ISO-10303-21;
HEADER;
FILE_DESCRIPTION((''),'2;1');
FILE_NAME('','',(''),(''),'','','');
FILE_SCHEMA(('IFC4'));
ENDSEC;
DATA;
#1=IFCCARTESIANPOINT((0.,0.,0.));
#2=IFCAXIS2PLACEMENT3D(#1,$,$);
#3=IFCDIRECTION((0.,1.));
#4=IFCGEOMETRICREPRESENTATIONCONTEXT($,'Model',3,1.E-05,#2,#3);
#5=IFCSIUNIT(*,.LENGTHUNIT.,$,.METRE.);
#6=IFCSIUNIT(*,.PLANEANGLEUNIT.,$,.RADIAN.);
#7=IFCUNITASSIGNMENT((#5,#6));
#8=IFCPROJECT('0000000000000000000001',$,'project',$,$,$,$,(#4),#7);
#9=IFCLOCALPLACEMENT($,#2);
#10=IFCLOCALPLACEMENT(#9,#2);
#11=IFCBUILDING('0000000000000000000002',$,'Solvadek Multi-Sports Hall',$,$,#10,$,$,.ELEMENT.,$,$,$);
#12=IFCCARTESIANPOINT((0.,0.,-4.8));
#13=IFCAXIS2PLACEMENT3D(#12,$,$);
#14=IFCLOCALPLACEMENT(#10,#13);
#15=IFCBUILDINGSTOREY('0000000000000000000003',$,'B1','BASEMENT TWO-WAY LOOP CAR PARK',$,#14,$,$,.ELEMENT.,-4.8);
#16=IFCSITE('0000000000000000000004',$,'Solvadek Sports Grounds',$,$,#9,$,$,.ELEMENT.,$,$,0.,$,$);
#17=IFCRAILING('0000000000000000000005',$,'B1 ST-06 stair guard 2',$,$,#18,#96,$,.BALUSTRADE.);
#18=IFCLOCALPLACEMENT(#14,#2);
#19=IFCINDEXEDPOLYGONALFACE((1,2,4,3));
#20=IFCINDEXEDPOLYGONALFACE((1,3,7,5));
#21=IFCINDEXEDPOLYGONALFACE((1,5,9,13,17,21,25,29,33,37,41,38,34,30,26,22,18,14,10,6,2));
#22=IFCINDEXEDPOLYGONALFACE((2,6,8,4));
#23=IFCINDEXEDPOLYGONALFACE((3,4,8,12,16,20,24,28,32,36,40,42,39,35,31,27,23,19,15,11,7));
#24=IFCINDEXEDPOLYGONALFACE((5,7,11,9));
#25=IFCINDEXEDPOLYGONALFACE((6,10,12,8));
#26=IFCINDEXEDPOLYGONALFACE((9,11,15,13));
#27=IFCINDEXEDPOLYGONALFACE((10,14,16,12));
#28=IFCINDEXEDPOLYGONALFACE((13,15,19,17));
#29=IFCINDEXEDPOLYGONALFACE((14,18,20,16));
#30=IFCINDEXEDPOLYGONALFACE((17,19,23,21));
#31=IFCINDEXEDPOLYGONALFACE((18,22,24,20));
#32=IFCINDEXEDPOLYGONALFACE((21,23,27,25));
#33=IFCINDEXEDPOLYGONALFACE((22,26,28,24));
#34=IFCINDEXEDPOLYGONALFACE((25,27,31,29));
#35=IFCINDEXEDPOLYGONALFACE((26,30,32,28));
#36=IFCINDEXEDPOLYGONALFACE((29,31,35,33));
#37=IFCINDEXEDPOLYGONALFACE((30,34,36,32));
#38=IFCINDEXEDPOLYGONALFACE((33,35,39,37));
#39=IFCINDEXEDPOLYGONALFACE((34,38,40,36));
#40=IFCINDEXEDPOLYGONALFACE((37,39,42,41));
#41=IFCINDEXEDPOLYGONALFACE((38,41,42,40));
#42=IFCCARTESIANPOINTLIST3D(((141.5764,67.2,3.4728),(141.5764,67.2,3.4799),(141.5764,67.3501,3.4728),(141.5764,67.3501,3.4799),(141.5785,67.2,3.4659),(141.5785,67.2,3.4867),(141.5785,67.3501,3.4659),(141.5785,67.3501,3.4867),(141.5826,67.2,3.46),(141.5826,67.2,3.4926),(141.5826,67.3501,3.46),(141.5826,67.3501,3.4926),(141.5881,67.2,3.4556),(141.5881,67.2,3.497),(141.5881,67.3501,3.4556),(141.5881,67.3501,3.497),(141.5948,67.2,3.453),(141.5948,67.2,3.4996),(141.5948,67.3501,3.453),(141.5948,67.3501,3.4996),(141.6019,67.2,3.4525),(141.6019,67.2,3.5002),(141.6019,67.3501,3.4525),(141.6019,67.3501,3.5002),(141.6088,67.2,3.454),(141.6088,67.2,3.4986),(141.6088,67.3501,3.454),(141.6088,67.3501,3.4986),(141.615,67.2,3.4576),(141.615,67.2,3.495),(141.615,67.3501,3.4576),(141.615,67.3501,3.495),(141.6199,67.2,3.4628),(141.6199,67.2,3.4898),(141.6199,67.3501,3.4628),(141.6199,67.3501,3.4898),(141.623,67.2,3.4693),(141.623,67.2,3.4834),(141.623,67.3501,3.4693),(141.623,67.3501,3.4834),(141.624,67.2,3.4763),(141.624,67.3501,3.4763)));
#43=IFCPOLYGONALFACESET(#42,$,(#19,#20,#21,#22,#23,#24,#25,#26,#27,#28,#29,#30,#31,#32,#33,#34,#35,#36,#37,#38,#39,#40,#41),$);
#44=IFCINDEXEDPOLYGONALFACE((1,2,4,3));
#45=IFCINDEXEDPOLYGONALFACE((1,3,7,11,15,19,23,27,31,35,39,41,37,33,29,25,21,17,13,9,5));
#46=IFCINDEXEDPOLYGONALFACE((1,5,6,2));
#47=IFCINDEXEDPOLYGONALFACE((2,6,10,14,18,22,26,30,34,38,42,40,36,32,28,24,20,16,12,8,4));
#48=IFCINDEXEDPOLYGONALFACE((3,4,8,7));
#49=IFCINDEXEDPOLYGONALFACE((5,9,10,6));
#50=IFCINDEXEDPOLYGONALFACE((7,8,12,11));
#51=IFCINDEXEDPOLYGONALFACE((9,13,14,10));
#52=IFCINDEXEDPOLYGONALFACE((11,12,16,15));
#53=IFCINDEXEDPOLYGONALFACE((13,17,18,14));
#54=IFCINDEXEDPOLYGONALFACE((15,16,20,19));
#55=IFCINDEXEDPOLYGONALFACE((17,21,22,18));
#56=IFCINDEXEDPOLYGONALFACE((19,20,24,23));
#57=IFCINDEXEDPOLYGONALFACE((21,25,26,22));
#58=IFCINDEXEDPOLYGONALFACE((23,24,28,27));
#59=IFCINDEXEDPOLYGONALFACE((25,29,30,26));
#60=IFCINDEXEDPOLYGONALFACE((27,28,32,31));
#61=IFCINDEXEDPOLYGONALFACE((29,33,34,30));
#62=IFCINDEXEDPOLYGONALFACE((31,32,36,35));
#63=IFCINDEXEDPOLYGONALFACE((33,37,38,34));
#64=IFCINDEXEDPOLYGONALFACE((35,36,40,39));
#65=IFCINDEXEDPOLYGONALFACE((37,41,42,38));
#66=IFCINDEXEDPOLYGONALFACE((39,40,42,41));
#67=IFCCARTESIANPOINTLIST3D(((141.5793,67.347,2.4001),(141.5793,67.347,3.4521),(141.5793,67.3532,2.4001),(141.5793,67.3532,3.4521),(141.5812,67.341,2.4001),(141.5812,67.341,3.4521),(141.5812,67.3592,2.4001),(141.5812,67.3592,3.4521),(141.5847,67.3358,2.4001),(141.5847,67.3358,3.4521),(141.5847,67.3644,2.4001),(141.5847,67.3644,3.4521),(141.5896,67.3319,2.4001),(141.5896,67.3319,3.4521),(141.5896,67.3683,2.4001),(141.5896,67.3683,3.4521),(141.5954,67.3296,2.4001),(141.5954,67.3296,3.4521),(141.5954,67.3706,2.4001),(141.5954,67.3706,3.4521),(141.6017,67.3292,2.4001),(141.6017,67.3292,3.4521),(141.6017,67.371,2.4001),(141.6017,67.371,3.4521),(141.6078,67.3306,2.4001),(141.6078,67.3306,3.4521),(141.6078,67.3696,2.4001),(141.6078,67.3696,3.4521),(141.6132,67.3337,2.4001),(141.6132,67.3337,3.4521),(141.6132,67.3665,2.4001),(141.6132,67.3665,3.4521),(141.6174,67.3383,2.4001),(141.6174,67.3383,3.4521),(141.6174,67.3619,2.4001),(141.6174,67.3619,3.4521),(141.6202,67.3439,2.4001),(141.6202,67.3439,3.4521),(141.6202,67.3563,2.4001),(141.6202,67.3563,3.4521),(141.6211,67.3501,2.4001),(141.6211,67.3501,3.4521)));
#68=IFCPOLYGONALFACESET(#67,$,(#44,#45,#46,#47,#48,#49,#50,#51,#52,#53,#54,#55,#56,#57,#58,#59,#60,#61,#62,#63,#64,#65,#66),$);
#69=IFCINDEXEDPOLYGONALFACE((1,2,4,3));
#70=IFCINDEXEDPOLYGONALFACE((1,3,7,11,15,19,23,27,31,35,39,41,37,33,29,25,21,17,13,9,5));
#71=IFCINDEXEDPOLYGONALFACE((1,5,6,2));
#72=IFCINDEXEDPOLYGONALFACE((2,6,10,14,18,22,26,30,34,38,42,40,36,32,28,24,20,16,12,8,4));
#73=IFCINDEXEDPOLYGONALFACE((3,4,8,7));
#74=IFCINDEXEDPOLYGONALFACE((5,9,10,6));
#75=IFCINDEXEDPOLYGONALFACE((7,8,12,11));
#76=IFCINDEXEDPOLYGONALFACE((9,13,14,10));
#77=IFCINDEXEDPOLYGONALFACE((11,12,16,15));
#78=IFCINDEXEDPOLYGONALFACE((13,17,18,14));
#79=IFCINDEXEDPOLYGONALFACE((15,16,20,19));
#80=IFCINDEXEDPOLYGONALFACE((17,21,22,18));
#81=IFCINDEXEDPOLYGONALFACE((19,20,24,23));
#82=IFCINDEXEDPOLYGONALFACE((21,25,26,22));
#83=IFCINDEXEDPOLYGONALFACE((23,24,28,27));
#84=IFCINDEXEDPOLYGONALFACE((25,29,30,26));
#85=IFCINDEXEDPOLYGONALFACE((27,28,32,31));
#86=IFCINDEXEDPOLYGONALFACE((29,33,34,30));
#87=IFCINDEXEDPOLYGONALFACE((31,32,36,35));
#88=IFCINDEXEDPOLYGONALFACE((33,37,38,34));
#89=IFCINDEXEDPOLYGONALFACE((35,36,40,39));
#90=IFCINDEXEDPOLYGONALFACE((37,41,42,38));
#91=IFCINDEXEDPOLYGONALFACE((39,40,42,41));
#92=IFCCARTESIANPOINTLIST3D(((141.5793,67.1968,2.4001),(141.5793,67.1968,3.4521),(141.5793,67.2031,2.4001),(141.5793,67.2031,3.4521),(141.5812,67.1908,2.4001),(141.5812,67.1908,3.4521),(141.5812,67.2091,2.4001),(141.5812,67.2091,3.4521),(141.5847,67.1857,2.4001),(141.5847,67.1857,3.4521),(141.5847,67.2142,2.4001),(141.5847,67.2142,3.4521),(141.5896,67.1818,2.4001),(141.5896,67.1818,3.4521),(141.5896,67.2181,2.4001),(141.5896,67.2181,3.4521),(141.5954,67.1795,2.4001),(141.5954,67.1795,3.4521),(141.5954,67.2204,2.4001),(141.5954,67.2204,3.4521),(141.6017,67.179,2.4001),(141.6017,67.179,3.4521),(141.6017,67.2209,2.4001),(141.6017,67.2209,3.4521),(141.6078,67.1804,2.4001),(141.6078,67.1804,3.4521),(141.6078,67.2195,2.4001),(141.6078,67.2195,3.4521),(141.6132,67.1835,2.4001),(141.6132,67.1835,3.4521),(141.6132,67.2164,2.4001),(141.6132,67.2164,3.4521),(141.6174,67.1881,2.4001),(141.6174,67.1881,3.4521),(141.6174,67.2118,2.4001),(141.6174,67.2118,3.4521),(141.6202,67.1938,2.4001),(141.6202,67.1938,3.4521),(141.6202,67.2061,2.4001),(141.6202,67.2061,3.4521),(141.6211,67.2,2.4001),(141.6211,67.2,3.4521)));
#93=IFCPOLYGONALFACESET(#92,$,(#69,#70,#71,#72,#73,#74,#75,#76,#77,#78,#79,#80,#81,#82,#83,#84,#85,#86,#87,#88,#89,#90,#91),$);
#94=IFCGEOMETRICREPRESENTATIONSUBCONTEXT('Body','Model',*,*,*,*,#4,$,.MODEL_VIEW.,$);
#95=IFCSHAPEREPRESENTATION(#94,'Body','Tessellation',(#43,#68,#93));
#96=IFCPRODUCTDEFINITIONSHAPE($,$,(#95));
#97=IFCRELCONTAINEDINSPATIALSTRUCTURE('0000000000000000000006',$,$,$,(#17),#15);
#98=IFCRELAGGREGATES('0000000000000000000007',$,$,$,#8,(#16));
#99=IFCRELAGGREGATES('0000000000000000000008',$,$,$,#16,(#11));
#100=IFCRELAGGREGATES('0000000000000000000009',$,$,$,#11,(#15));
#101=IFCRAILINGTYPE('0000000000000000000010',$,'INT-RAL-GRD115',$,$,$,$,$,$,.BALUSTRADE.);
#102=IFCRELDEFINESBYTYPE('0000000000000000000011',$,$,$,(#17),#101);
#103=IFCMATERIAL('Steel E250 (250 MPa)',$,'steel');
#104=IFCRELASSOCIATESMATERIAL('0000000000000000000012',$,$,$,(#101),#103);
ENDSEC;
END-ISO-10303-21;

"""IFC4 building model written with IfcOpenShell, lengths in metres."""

from ifc_helpers import new_model, si_unit, direction, frame, origin, origin_2d, place, context, subcontext, project, spatial, circle, extrude, material, type_object, element, save


model = new_model("IFC4")

# Units and contexts
model_context = context("Model", 3, precision=1e-05, world=origin(), true_north=direction((0.0, 1.0)))
body_context = subcontext(model_context, "Body", "Model", "MODEL_VIEW")
ifc_project = project(units=[si_unit("LENGTHUNIT", "METRE"), si_unit("PLANEANGLEUNIT", "RADIAN")], contexts=[model_context])

# Site, building, storey
site_placement = place(None, origin())
site = spatial("IfcSite", under=ifc_project, at=site_placement, Name="Solvadek Sports Grounds", CompositionType="ELEMENT", RefElevation=0.0)
building_placement = place(site_placement, origin())
building = spatial("IfcBuilding", under=site, at=building_placement, Name="Solvadek Multi-Sports Hall", CompositionType="ELEMENT")
storey_placement = place(building_placement, frame((0.0, 0.0, -4.8)))
storey = spatial("IfcBuildingStorey", under=building, at=storey_placement, Name="B1", Description="BASEMENT TWO-WAY LOOP CAR PARK", CompositionType="ELEMENT", Elevation=-4.8)

# Railing
ifc_material_1 = material(Name="Steel E250 (250 MPa)", Category="steel")
railing_type_1 = type_object("IfcRailingType", Name="INT-RAL-GRD115", PredefinedType="BALUSTRADE", material=ifc_material_1)
railing_1_placement = place(storey_placement, frame((141.6001, 67.3501, 2.4001)))
element("IfcRailing", 1, at=railing_1_placement, inside=storey, type_object=railing_type_1, Name="B1 ST-06 stair guard 2", PredefinedType="BALUSTRADE", context=body_context, shape_type="SweptSolid", body=[
    extrude(circle(Radius=0.0239, at=origin_2d()), frame((0.0, 0.0, 1.0762), z_axis=(0.0, -1.0, 0.0), x_axis=(1.0, 0.0, 0.0)), (0.0, 0.0, 1.0), 0.1501),
    extrude(circle(Radius=0.021, at=origin_2d()), origin(), (0.0, 0.0, 1.0), 1.052),
    extrude(circle(Radius=0.021, at=origin_2d()), frame((0.0, -0.1501, 0.0)), (0.0, 0.0, 1.0), 1.052),
])

save(model, "model.ifc")
